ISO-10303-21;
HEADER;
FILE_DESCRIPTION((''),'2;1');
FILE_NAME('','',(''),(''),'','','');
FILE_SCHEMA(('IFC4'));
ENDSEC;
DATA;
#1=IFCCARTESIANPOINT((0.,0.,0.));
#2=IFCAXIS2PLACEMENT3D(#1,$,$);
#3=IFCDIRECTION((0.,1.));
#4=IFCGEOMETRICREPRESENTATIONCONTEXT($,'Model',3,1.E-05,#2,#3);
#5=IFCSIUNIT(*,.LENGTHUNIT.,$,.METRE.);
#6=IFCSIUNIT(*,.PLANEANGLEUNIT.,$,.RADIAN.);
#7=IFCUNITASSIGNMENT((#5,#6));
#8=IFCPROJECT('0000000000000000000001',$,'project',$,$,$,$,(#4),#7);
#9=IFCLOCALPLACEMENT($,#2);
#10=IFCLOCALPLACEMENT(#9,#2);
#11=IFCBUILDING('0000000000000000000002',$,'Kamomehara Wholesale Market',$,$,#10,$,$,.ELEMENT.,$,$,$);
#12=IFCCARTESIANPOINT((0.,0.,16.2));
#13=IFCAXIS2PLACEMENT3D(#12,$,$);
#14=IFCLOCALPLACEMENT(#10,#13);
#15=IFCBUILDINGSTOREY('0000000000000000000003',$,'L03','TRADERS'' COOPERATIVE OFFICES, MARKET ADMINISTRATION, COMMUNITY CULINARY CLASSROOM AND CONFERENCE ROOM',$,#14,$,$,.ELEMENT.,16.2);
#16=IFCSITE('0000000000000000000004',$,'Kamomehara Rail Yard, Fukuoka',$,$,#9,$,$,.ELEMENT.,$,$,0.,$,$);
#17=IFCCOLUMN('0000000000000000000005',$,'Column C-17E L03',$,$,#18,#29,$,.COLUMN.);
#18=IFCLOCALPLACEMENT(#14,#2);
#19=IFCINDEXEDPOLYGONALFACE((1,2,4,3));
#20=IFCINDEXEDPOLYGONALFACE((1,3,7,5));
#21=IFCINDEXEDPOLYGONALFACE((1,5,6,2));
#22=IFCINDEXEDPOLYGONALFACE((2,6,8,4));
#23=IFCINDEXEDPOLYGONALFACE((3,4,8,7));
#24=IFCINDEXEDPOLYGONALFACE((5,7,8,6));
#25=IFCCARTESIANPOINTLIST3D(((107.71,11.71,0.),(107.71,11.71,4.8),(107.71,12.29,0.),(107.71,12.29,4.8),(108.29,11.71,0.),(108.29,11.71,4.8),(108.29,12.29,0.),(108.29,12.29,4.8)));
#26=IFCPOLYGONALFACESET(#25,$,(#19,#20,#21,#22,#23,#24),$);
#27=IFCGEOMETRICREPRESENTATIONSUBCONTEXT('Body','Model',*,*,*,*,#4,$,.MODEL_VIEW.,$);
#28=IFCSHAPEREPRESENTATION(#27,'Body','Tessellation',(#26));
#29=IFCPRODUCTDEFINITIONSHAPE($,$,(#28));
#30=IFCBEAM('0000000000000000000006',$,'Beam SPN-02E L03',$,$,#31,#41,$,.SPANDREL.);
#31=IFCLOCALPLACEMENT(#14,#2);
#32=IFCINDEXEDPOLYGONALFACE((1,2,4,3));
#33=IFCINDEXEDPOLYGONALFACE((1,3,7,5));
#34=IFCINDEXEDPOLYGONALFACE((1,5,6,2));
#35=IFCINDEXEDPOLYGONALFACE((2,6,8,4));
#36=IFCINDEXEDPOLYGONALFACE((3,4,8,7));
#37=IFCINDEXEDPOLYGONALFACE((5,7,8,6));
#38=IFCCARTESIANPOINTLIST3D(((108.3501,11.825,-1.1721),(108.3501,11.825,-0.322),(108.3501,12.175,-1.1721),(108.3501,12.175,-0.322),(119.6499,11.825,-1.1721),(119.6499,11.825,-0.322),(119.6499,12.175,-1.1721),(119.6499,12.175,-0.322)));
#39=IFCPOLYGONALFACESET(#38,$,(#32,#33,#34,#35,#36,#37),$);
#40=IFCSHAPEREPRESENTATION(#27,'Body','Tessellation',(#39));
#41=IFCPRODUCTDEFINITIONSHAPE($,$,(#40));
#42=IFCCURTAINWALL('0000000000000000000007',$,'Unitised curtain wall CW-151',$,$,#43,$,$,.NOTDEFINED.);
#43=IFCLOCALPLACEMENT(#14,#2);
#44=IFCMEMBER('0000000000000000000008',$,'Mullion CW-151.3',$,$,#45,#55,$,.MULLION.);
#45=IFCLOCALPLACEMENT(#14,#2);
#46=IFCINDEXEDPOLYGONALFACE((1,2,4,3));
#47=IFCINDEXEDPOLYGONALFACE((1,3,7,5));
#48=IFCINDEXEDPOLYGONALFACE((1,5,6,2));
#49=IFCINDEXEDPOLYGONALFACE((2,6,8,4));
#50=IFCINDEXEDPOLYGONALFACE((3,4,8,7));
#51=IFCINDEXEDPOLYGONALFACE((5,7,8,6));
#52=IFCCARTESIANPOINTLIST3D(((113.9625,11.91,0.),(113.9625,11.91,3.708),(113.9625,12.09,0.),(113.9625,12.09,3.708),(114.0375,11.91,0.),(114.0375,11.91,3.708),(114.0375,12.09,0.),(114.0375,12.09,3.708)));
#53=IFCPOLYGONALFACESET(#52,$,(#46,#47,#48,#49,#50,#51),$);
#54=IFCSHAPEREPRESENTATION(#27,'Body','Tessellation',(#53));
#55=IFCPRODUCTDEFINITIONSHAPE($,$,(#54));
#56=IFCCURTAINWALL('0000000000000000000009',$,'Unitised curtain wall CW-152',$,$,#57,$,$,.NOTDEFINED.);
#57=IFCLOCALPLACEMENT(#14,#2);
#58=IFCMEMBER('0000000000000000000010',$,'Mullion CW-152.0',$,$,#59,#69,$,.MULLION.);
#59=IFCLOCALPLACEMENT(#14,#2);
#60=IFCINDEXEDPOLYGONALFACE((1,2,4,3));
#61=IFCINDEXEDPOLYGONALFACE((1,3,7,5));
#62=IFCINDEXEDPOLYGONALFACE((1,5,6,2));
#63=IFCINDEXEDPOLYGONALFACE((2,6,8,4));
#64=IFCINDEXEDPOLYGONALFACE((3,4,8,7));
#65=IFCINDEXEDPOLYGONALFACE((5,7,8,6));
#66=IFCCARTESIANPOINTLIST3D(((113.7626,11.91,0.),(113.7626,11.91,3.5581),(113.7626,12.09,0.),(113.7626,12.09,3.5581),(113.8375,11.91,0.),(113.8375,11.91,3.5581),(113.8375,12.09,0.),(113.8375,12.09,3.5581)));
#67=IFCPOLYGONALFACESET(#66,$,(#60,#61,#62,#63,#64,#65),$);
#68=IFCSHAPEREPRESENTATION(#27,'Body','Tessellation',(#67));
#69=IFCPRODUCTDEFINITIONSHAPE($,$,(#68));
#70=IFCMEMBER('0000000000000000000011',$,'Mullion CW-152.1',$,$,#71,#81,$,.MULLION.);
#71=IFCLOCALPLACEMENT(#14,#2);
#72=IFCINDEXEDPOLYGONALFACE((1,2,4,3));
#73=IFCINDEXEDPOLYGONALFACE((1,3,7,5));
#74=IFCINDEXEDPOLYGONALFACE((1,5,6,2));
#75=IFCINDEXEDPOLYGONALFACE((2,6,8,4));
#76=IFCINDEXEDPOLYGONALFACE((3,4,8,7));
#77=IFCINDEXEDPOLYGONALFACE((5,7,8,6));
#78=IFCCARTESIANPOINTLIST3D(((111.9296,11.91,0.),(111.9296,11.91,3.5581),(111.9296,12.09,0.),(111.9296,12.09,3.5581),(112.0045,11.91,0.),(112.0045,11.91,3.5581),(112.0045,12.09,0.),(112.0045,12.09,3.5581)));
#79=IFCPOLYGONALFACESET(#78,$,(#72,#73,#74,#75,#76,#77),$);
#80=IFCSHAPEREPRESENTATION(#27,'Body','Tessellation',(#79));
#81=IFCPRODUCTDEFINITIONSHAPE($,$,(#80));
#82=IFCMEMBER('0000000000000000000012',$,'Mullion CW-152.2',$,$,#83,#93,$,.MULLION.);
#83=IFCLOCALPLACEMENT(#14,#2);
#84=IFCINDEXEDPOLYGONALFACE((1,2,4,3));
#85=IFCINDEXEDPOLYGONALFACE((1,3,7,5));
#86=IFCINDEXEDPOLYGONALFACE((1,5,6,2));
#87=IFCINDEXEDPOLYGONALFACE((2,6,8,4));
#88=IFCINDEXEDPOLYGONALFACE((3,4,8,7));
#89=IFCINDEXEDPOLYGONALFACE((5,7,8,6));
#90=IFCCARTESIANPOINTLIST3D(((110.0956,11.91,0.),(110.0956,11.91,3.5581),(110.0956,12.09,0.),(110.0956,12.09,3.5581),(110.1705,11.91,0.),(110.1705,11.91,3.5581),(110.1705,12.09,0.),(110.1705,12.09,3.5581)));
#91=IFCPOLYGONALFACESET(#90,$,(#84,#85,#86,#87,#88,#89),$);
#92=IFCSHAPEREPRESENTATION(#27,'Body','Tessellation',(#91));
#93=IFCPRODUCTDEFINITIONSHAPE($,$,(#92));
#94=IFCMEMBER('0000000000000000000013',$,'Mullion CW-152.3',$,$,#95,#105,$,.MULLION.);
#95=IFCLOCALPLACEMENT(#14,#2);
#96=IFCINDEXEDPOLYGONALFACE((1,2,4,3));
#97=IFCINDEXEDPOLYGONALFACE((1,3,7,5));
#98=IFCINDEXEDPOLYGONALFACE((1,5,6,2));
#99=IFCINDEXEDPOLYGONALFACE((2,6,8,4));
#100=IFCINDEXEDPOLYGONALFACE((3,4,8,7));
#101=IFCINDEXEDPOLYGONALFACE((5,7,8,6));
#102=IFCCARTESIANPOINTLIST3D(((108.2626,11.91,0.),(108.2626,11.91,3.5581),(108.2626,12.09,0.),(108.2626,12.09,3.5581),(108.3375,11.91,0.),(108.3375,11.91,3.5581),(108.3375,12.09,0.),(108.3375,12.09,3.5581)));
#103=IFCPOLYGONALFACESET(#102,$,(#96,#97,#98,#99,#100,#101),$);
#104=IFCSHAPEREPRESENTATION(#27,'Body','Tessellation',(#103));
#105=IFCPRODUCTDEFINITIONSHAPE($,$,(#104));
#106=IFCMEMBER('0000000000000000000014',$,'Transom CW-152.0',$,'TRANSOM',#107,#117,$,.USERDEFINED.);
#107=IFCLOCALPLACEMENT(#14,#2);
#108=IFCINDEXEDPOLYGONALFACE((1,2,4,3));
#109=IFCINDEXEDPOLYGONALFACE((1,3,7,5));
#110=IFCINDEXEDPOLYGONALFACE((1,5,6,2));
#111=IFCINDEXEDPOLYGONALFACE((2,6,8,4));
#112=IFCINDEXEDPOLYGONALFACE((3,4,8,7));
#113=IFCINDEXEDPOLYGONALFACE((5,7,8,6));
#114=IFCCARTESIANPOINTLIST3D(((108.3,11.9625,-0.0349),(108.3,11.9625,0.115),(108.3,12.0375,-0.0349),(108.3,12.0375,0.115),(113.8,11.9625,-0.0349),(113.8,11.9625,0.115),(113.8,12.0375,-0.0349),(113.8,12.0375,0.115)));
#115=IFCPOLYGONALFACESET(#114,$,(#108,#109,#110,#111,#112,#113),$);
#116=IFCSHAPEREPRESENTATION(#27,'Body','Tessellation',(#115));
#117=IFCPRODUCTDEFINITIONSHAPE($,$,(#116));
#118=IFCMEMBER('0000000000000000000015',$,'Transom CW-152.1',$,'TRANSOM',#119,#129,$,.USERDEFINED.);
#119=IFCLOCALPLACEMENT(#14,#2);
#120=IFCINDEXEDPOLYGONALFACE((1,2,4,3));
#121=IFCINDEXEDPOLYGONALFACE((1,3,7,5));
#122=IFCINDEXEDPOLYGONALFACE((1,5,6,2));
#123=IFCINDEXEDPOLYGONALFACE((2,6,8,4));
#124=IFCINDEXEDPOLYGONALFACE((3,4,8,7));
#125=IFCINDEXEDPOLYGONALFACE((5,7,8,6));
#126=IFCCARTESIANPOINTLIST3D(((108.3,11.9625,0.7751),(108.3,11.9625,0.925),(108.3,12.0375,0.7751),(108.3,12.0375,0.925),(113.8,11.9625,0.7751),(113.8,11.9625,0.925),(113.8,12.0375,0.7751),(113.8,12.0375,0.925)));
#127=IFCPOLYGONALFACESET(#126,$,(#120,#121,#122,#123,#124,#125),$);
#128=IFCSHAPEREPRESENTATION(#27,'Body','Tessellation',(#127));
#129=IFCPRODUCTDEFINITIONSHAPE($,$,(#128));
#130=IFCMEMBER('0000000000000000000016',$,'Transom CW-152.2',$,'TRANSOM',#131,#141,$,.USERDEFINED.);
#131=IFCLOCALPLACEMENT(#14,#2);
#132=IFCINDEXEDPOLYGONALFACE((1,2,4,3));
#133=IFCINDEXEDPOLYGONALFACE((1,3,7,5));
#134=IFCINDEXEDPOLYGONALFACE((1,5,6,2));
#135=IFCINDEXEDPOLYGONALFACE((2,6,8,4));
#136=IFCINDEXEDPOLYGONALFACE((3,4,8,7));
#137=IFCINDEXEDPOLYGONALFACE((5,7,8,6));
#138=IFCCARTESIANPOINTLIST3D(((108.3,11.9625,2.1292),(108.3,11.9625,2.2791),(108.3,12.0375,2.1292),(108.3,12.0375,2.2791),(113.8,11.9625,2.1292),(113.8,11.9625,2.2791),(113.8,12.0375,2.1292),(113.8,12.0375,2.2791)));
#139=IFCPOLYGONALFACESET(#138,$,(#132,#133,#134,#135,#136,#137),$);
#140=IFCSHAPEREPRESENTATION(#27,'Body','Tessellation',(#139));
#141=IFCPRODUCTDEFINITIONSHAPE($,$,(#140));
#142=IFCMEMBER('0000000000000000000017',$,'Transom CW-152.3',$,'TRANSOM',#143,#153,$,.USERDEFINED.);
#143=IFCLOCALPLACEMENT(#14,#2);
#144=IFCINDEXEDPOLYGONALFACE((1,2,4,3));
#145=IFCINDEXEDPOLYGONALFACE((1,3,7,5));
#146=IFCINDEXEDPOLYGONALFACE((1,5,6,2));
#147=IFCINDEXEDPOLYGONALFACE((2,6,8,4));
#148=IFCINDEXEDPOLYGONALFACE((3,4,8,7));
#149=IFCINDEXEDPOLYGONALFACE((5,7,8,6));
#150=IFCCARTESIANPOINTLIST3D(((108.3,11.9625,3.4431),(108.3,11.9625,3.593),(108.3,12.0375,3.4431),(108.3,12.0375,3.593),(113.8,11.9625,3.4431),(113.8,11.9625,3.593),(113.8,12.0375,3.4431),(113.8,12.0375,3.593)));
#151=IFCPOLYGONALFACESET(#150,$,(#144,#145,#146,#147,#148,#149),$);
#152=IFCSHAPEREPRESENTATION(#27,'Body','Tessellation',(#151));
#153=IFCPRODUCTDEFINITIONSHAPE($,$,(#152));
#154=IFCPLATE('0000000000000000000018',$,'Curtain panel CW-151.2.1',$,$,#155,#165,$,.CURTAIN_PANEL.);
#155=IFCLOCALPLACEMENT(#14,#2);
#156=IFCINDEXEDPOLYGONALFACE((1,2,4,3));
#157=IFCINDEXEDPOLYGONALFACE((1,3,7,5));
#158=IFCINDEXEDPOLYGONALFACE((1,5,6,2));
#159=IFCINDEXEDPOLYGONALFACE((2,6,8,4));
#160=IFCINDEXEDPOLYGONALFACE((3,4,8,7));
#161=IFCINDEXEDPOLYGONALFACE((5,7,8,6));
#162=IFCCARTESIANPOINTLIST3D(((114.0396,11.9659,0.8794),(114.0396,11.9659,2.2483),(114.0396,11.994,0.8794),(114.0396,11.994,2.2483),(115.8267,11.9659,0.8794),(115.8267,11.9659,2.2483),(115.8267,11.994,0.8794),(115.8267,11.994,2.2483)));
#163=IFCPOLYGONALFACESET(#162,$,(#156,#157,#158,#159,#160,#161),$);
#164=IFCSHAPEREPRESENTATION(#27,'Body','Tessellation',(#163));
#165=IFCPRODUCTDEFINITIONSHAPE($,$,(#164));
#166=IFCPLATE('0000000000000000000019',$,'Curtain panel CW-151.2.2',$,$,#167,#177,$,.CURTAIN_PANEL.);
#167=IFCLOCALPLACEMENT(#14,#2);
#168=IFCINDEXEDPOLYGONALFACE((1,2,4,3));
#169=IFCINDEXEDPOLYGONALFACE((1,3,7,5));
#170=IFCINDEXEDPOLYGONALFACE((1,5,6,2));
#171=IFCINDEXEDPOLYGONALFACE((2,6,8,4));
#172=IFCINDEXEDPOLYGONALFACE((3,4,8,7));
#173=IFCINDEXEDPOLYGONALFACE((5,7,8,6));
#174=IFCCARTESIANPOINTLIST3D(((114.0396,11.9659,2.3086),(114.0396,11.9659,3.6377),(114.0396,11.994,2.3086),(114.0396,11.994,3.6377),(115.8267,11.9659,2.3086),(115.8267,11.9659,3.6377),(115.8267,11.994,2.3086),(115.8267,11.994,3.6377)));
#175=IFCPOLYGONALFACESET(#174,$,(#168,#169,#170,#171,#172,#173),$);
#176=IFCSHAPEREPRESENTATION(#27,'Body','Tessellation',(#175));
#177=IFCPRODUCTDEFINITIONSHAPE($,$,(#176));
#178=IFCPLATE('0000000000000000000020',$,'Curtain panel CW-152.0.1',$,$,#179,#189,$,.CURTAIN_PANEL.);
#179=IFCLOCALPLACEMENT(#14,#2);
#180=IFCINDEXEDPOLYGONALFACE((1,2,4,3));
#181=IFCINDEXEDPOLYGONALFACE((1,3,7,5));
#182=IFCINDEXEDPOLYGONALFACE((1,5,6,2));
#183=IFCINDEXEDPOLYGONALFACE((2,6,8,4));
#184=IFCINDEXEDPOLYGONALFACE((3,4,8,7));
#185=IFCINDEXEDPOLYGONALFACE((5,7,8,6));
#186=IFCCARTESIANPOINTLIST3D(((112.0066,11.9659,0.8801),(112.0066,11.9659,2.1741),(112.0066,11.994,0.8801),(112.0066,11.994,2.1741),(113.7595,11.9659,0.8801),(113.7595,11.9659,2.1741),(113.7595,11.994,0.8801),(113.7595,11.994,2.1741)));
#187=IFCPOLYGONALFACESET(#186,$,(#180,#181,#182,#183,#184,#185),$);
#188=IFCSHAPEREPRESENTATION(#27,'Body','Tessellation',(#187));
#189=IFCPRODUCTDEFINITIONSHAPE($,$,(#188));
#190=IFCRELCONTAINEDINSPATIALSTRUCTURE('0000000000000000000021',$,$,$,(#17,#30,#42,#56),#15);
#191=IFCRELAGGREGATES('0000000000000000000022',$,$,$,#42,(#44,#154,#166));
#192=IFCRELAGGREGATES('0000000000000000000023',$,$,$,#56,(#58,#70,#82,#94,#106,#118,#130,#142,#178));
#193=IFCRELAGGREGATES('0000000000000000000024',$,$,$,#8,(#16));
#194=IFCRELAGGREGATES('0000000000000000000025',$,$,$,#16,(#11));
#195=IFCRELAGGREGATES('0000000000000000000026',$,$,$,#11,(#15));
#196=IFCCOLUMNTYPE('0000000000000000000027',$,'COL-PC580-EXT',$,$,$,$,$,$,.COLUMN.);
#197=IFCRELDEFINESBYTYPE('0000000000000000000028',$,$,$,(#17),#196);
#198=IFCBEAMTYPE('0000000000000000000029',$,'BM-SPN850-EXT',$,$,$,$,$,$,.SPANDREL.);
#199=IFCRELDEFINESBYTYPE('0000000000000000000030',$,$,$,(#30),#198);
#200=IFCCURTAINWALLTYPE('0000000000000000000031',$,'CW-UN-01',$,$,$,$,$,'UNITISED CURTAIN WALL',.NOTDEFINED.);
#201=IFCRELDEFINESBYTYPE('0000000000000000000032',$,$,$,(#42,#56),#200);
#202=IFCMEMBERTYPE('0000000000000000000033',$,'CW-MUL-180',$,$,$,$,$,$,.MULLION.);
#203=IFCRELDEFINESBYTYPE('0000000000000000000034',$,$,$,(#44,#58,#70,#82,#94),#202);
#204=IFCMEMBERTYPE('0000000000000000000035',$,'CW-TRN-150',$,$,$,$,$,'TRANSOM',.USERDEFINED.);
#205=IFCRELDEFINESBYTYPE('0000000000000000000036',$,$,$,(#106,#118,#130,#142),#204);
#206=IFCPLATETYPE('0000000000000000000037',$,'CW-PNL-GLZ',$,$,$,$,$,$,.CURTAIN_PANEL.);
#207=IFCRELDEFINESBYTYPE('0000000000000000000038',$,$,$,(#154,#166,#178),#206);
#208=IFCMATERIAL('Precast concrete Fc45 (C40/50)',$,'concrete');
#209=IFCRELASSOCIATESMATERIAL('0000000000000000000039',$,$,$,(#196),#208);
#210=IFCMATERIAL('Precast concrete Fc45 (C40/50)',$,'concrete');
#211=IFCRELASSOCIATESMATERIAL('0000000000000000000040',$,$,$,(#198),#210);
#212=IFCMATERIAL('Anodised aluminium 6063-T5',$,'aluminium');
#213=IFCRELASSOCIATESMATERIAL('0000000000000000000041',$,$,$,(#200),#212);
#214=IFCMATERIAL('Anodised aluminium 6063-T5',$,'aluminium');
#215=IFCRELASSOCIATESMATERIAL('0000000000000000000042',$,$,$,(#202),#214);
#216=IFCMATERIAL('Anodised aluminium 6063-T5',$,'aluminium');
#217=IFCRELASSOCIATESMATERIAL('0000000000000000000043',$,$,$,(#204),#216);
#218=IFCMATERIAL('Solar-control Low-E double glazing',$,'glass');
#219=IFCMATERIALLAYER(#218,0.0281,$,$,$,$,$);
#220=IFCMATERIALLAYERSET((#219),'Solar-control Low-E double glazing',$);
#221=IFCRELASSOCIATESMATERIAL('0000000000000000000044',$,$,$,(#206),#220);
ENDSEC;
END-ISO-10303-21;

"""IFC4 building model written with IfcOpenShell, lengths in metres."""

from ifc_helpers import new_model, si_unit, direction, frame, origin, origin_2d, place, context, subcontext, project, spatial, rectangle, extrude, material, layer, layer_set, material_profile, profile_set, type_object, element, aggregate, save


model = new_model("IFC4")

# Units and contexts
model_context = context("Model", 3, precision=1e-05, world=origin(), true_north=direction((0.0, 1.0)))
body_context = subcontext(model_context, "Body", "Model", "MODEL_VIEW")
ifc_project = project(units=[si_unit("LENGTHUNIT", "METRE"), si_unit("PLANEANGLEUNIT", "RADIAN")], contexts=[model_context])

# Site, building, storey
site_placement = place(None, origin())
site = spatial("IfcSite", under=ifc_project, at=site_placement, Name="Kamomehara Rail Yard, Fukuoka", CompositionType="ELEMENT", RefElevation=0.0)
building_placement = place(site_placement, origin())
building = spatial("IfcBuilding", under=site, at=building_placement, Name="Kamomehara Wholesale Market", CompositionType="ELEMENT")
storey_placement = place(building_placement, frame((0.0, 0.0, 16.2)))
storey = spatial("IfcBuildingStorey", under=building, at=storey_placement, Name="L03", Description="TRADERS' COOPERATIVE OFFICES, MARKET ADMINISTRATION, COMMUNITY CULINARY CLASSROOM AND CONFERENCE ROOM", CompositionType="ELEMENT", Elevation=16.2)

# Column
ifc_material_1 = material(Name="Precast concrete Fc45 (C40/50)", Category="concrete")
ifc_material_profile_1 = material_profile(ifc_material_1, rectangle(XDim=0.5801, YDim=0.5801, at=origin_2d()), Name="PC-COL-580x580")
ifc_profile_set_1 = profile_set([ifc_material_profile_1], Name="Precast concrete Fc45 (C40/50)")
column_type = type_object("IfcColumnType", Name="COL-PC580-EXT", PredefinedType="COLUMN", material=ifc_profile_set_1)
column_placement = place(storey_placement, frame((108.0, 12.0, 0.0), z_axis=(0.0, 0.0, 1.0), x_axis=(1.0, 0.0, 0.0)))
element("IfcColumn", 1, at=column_placement, inside=storey, type_object=column_type, Name="Column C-17E L03", PredefinedType="COLUMN", context=body_context, shape_type="SweptSolid", body=[
    extrude(rectangle(XDim=0.5801, YDim=0.5801, at=origin_2d()), origin(), (0.0, 0.0, 1.0), 4.8),
])

# Beam
ifc_material_2 = material(Name="Precast concrete Fc45 (C40/50)", Category="concrete")
ifc_material_profile_2 = material_profile(ifc_material_2, rectangle(XDim=0.3501, YDim=0.8501, at=origin_2d()), Name="PC-SPN-350x850")
ifc_profile_set_2 = profile_set([ifc_material_profile_2], Name="Precast concrete Fc45 (C40/50)")
beam_type = type_object("IfcBeamType", Name="BM-SPN850-EXT", PredefinedType="SPANDREL", material=ifc_profile_set_2)
beam_placement = place(storey_placement, frame((108.3501, 12.0, -0.7471), z_axis=(1.0, 0.0, 0.0), x_axis=(0.0, 1.0, 0.0)))
element("IfcBeam", 2, at=beam_placement, inside=storey, type_object=beam_type, Name="Beam SPN-02E L03", PredefinedType="SPANDREL", context=body_context, shape_type="SweptSolid", body=[
    extrude(rectangle(XDim=0.3501, YDim=0.8501, at=origin_2d()), origin(), (0.0, 0.0, 1.0), 11.2998),
])

# Curtain wall, member
ifc_material_3 = material(Name="Anodised aluminium 6063-T5", Category="aluminium")
curtain_wall_type = type_object("IfcCurtainWallType", Name="CW-UN-01", ElementType="UNITISED CURTAIN WALL", PredefinedType="NOTDEFINED", material=ifc_material_3)
curtain_wall_1_placement = place(storey_placement, origin())
curtain_wall_1 = element("IfcCurtainWall", 3, at=curtain_wall_1_placement, inside=storey, type_object=curtain_wall_type, Name="Unitised curtain wall CW-151", PredefinedType="NOTDEFINED")
ifc_material_4 = material(Name="Anodised aluminium 6063-T5", Category="aluminium")
ifc_material_profile_3 = material_profile(ifc_material_4, rectangle(XDim=0.075, YDim=0.1799, at=origin_2d()), Name="ALU-MUL-75x180")
ifc_profile_set_3 = profile_set([ifc_material_profile_3], Name="Anodised aluminium 6063-T5")
member_type_1 = type_object("IfcMemberType", Name="CW-MUL-180", PredefinedType="MULLION", material=ifc_profile_set_3)
member_1_placement = place(storey_placement, frame((114.0, 12.0, 0.0), z_axis=(0.0, 0.0, 1.0), x_axis=(-1.0, 0.0, 0.0)))
member_1 = element("IfcMember", 4, at=member_1_placement, type_object=member_type_1, Name="Mullion CW-151.3", PredefinedType="MULLION", context=body_context, shape_type="SweptSolid", body=[
    extrude(rectangle(XDim=0.075, YDim=0.1799, at=origin_2d()), origin(), (0.0, 0.0, 1.0), 3.708),
])

# Curtain wall, members
curtain_wall_2_placement = place(storey_placement, origin())
curtain_wall_2 = element("IfcCurtainWall", 5, at=curtain_wall_2_placement, inside=storey, type_object=curtain_wall_type, Name="Unitised curtain wall CW-152", PredefinedType="NOTDEFINED")
member_2_placement = place(storey_placement, frame((113.8, 12.0, 0.0), z_axis=(0.0, 0.0, 1.0), x_axis=(-1.0, 0.0, 0.0)))
member_2 = element("IfcMember", 6, at=member_2_placement, type_object=member_type_1, Name="Mullion CW-152.0", PredefinedType="MULLION", context=body_context, shape_type="SweptSolid", body=[
    extrude(rectangle(XDim=0.075, YDim=0.1799, at=origin_2d()), origin(), (0.0, 0.0, 1.0), 3.5581),
])
member_3_placement = place(storey_placement, frame((111.967, 12.0, 0.0), z_axis=(0.0, 0.0, 1.0), x_axis=(-1.0, 0.0, 0.0)))
member_3 = element("IfcMember", 7, at=member_3_placement, type_object=member_type_1, Name="Mullion CW-152.1", PredefinedType="MULLION", context=body_context, shape_type="SweptSolid", body=[
    extrude(rectangle(XDim=0.075, YDim=0.1799, at=origin_2d()), origin(), (0.0, 0.0, 1.0), 3.5581),
])
member_4_placement = place(storey_placement, frame((110.1331, 12.0, 0.0), z_axis=(0.0, 0.0, 1.0), x_axis=(-1.0, 0.0, 0.0)))
member_4 = element("IfcMember", 8, at=member_4_placement, type_object=member_type_1, Name="Mullion CW-152.2", PredefinedType="MULLION", context=body_context, shape_type="SweptSolid", body=[
    extrude(rectangle(XDim=0.075, YDim=0.1799, at=origin_2d()), origin(), (0.0, 0.0, 1.0), 3.5581),
])
member_5_placement = place(storey_placement, frame((108.3, 12.0, 0.0), z_axis=(0.0, 0.0, 1.0), x_axis=(-1.0, 0.0, 0.0)))
member_5 = element("IfcMember", 9, at=member_5_placement, type_object=member_type_1, Name="Mullion CW-152.3", PredefinedType="MULLION", context=body_context, shape_type="SweptSolid", body=[
    extrude(rectangle(XDim=0.075, YDim=0.1799, at=origin_2d()), origin(), (0.0, 0.0, 1.0), 3.5581),
])
ifc_material_5 = material(Name="Anodised aluminium 6063-T5", Category="aluminium")
ifc_material_profile_4 = material_profile(ifc_material_5, rectangle(XDim=0.075, YDim=0.1499, at=origin_2d()), Name="ALU-TRN-75x150")
ifc_profile_set_4 = profile_set([ifc_material_profile_4], Name="Anodised aluminium 6063-T5")
member_type_2 = type_object("IfcMemberType", Name="CW-TRN-150", ElementType="TRANSOM", PredefinedType="USERDEFINED", material=ifc_profile_set_4)
member_6_placement = place(storey_placement, frame((113.8, 12.0, 0.04), z_axis=(-1.0, 0.0, 0.0), x_axis=(0.0, -1.0, 0.0)))
member_6 = element("IfcMember", 10, at=member_6_placement, type_object=member_type_2, Name="Transom CW-152.0", ObjectType="TRANSOM", PredefinedType="USERDEFINED", context=body_context, shape_type="SweptSolid", body=[
    extrude(rectangle(XDim=0.075, YDim=0.1499, at=origin_2d()), origin(), (0.0, 0.0, 1.0), 5.5),
])
member_7_placement = place(storey_placement, frame((113.8, 12.0, 0.8501), z_axis=(-1.0, 0.0, 0.0), x_axis=(0.0, -1.0, 0.0)))
member_7 = element("IfcMember", 11, at=member_7_placement, type_object=member_type_2, Name="Transom CW-152.1", ObjectType="TRANSOM", PredefinedType="USERDEFINED", context=body_context, shape_type="SweptSolid", body=[
    extrude(rectangle(XDim=0.075, YDim=0.1499, at=origin_2d()), origin(), (0.0, 0.0, 1.0), 5.5),
])
member_8_placement = place(storey_placement, frame((113.8, 12.0, 2.2041), z_axis=(-1.0, 0.0, 0.0), x_axis=(0.0, -1.0, 0.0)))
member_8 = element("IfcMember", 12, at=member_8_placement, type_object=member_type_2, Name="Transom CW-152.2", ObjectType="TRANSOM", PredefinedType="USERDEFINED", context=body_context, shape_type="SweptSolid", body=[
    extrude(rectangle(XDim=0.075, YDim=0.1499, at=origin_2d()), origin(), (0.0, 0.0, 1.0), 5.5),
])
member_9_placement = place(storey_placement, frame((113.8, 12.0, 3.5181), z_axis=(-1.0, 0.0, 0.0), x_axis=(0.0, -1.0, 0.0)))
member_9 = element("IfcMember", 13, at=member_9_placement, type_object=member_type_2, Name="Transom CW-152.3", ObjectType="TRANSOM", PredefinedType="USERDEFINED", context=body_context, shape_type="SweptSolid", body=[
    extrude(rectangle(XDim=0.075, YDim=0.1499, at=origin_2d()), origin(), (0.0, 0.0, 1.0), 5.5),
])

# Plates
ifc_material_6 = material(Name="Solar-control Low-E double glazing", Category="glass")
ifc_layer_1 = layer(ifc_material_6, 0.0281)
ifc_layer_set_1 = layer_set([ifc_layer_1], Name="Solar-control Low-E double glazing")
plate_type_1 = type_object("IfcPlateType", Name="CW-PNL-GLZ", PredefinedType="CURTAIN_PANEL", material=ifc_layer_set_1)
plate_1_placement = place(storey_placement, frame((114.9331, 11.98, 0.8794), z_axis=(0.0, 0.0, 1.0), x_axis=(-1.0, 0.0, 0.0)))
plate_1 = element("IfcPlate", 14, at=plate_1_placement, type_object=plate_type_1, Name="Curtain panel CW-151.2.1", PredefinedType="CURTAIN_PANEL", context=body_context, shape_type="SweptSolid", body=[
    extrude(rectangle(XDim=1.7871, YDim=0.0281, at=origin_2d()), origin(), (0.0, 0.0, 1.0), 1.3689),
])
plate_2_placement = place(storey_placement, frame((114.9331, 11.98, 2.3086), z_axis=(0.0, 0.0, 1.0), x_axis=(-1.0, 0.0, 0.0)))
plate_2 = element("IfcPlate", 15, at=plate_2_placement, type_object=plate_type_1, Name="Curtain panel CW-151.2.2", PredefinedType="CURTAIN_PANEL", context=body_context, shape_type="SweptSolid", body=[
    extrude(rectangle(XDim=1.7871, YDim=0.0281, at=origin_2d()), origin(), (0.0, 0.0, 1.0), 1.3291),
])
plate_3_placement = place(storey_placement, frame((112.8831, 11.98, 0.8801), z_axis=(0.0, 0.0, 1.0), x_axis=(-1.0, 0.0, 0.0)))
plate_3 = element("IfcPlate", 16, at=plate_3_placement, type_object=plate_type_1, Name="Curtain panel CW-152.0.1", PredefinedType="CURTAIN_PANEL", context=body_context, shape_type="SweptSolid", body=[
    extrude(rectangle(XDim=1.7529, YDim=0.0281, at=origin_2d()), origin(), (0.0, 0.0, 1.0), 1.2939),
])
aggregate(curtain_wall_1, [member_1, plate_1, plate_2])
aggregate(curtain_wall_2, [member_2, member_3, member_4, member_5, member_6, member_7, member_8, member_9, plate_3])

save(model, "model.ifc")
